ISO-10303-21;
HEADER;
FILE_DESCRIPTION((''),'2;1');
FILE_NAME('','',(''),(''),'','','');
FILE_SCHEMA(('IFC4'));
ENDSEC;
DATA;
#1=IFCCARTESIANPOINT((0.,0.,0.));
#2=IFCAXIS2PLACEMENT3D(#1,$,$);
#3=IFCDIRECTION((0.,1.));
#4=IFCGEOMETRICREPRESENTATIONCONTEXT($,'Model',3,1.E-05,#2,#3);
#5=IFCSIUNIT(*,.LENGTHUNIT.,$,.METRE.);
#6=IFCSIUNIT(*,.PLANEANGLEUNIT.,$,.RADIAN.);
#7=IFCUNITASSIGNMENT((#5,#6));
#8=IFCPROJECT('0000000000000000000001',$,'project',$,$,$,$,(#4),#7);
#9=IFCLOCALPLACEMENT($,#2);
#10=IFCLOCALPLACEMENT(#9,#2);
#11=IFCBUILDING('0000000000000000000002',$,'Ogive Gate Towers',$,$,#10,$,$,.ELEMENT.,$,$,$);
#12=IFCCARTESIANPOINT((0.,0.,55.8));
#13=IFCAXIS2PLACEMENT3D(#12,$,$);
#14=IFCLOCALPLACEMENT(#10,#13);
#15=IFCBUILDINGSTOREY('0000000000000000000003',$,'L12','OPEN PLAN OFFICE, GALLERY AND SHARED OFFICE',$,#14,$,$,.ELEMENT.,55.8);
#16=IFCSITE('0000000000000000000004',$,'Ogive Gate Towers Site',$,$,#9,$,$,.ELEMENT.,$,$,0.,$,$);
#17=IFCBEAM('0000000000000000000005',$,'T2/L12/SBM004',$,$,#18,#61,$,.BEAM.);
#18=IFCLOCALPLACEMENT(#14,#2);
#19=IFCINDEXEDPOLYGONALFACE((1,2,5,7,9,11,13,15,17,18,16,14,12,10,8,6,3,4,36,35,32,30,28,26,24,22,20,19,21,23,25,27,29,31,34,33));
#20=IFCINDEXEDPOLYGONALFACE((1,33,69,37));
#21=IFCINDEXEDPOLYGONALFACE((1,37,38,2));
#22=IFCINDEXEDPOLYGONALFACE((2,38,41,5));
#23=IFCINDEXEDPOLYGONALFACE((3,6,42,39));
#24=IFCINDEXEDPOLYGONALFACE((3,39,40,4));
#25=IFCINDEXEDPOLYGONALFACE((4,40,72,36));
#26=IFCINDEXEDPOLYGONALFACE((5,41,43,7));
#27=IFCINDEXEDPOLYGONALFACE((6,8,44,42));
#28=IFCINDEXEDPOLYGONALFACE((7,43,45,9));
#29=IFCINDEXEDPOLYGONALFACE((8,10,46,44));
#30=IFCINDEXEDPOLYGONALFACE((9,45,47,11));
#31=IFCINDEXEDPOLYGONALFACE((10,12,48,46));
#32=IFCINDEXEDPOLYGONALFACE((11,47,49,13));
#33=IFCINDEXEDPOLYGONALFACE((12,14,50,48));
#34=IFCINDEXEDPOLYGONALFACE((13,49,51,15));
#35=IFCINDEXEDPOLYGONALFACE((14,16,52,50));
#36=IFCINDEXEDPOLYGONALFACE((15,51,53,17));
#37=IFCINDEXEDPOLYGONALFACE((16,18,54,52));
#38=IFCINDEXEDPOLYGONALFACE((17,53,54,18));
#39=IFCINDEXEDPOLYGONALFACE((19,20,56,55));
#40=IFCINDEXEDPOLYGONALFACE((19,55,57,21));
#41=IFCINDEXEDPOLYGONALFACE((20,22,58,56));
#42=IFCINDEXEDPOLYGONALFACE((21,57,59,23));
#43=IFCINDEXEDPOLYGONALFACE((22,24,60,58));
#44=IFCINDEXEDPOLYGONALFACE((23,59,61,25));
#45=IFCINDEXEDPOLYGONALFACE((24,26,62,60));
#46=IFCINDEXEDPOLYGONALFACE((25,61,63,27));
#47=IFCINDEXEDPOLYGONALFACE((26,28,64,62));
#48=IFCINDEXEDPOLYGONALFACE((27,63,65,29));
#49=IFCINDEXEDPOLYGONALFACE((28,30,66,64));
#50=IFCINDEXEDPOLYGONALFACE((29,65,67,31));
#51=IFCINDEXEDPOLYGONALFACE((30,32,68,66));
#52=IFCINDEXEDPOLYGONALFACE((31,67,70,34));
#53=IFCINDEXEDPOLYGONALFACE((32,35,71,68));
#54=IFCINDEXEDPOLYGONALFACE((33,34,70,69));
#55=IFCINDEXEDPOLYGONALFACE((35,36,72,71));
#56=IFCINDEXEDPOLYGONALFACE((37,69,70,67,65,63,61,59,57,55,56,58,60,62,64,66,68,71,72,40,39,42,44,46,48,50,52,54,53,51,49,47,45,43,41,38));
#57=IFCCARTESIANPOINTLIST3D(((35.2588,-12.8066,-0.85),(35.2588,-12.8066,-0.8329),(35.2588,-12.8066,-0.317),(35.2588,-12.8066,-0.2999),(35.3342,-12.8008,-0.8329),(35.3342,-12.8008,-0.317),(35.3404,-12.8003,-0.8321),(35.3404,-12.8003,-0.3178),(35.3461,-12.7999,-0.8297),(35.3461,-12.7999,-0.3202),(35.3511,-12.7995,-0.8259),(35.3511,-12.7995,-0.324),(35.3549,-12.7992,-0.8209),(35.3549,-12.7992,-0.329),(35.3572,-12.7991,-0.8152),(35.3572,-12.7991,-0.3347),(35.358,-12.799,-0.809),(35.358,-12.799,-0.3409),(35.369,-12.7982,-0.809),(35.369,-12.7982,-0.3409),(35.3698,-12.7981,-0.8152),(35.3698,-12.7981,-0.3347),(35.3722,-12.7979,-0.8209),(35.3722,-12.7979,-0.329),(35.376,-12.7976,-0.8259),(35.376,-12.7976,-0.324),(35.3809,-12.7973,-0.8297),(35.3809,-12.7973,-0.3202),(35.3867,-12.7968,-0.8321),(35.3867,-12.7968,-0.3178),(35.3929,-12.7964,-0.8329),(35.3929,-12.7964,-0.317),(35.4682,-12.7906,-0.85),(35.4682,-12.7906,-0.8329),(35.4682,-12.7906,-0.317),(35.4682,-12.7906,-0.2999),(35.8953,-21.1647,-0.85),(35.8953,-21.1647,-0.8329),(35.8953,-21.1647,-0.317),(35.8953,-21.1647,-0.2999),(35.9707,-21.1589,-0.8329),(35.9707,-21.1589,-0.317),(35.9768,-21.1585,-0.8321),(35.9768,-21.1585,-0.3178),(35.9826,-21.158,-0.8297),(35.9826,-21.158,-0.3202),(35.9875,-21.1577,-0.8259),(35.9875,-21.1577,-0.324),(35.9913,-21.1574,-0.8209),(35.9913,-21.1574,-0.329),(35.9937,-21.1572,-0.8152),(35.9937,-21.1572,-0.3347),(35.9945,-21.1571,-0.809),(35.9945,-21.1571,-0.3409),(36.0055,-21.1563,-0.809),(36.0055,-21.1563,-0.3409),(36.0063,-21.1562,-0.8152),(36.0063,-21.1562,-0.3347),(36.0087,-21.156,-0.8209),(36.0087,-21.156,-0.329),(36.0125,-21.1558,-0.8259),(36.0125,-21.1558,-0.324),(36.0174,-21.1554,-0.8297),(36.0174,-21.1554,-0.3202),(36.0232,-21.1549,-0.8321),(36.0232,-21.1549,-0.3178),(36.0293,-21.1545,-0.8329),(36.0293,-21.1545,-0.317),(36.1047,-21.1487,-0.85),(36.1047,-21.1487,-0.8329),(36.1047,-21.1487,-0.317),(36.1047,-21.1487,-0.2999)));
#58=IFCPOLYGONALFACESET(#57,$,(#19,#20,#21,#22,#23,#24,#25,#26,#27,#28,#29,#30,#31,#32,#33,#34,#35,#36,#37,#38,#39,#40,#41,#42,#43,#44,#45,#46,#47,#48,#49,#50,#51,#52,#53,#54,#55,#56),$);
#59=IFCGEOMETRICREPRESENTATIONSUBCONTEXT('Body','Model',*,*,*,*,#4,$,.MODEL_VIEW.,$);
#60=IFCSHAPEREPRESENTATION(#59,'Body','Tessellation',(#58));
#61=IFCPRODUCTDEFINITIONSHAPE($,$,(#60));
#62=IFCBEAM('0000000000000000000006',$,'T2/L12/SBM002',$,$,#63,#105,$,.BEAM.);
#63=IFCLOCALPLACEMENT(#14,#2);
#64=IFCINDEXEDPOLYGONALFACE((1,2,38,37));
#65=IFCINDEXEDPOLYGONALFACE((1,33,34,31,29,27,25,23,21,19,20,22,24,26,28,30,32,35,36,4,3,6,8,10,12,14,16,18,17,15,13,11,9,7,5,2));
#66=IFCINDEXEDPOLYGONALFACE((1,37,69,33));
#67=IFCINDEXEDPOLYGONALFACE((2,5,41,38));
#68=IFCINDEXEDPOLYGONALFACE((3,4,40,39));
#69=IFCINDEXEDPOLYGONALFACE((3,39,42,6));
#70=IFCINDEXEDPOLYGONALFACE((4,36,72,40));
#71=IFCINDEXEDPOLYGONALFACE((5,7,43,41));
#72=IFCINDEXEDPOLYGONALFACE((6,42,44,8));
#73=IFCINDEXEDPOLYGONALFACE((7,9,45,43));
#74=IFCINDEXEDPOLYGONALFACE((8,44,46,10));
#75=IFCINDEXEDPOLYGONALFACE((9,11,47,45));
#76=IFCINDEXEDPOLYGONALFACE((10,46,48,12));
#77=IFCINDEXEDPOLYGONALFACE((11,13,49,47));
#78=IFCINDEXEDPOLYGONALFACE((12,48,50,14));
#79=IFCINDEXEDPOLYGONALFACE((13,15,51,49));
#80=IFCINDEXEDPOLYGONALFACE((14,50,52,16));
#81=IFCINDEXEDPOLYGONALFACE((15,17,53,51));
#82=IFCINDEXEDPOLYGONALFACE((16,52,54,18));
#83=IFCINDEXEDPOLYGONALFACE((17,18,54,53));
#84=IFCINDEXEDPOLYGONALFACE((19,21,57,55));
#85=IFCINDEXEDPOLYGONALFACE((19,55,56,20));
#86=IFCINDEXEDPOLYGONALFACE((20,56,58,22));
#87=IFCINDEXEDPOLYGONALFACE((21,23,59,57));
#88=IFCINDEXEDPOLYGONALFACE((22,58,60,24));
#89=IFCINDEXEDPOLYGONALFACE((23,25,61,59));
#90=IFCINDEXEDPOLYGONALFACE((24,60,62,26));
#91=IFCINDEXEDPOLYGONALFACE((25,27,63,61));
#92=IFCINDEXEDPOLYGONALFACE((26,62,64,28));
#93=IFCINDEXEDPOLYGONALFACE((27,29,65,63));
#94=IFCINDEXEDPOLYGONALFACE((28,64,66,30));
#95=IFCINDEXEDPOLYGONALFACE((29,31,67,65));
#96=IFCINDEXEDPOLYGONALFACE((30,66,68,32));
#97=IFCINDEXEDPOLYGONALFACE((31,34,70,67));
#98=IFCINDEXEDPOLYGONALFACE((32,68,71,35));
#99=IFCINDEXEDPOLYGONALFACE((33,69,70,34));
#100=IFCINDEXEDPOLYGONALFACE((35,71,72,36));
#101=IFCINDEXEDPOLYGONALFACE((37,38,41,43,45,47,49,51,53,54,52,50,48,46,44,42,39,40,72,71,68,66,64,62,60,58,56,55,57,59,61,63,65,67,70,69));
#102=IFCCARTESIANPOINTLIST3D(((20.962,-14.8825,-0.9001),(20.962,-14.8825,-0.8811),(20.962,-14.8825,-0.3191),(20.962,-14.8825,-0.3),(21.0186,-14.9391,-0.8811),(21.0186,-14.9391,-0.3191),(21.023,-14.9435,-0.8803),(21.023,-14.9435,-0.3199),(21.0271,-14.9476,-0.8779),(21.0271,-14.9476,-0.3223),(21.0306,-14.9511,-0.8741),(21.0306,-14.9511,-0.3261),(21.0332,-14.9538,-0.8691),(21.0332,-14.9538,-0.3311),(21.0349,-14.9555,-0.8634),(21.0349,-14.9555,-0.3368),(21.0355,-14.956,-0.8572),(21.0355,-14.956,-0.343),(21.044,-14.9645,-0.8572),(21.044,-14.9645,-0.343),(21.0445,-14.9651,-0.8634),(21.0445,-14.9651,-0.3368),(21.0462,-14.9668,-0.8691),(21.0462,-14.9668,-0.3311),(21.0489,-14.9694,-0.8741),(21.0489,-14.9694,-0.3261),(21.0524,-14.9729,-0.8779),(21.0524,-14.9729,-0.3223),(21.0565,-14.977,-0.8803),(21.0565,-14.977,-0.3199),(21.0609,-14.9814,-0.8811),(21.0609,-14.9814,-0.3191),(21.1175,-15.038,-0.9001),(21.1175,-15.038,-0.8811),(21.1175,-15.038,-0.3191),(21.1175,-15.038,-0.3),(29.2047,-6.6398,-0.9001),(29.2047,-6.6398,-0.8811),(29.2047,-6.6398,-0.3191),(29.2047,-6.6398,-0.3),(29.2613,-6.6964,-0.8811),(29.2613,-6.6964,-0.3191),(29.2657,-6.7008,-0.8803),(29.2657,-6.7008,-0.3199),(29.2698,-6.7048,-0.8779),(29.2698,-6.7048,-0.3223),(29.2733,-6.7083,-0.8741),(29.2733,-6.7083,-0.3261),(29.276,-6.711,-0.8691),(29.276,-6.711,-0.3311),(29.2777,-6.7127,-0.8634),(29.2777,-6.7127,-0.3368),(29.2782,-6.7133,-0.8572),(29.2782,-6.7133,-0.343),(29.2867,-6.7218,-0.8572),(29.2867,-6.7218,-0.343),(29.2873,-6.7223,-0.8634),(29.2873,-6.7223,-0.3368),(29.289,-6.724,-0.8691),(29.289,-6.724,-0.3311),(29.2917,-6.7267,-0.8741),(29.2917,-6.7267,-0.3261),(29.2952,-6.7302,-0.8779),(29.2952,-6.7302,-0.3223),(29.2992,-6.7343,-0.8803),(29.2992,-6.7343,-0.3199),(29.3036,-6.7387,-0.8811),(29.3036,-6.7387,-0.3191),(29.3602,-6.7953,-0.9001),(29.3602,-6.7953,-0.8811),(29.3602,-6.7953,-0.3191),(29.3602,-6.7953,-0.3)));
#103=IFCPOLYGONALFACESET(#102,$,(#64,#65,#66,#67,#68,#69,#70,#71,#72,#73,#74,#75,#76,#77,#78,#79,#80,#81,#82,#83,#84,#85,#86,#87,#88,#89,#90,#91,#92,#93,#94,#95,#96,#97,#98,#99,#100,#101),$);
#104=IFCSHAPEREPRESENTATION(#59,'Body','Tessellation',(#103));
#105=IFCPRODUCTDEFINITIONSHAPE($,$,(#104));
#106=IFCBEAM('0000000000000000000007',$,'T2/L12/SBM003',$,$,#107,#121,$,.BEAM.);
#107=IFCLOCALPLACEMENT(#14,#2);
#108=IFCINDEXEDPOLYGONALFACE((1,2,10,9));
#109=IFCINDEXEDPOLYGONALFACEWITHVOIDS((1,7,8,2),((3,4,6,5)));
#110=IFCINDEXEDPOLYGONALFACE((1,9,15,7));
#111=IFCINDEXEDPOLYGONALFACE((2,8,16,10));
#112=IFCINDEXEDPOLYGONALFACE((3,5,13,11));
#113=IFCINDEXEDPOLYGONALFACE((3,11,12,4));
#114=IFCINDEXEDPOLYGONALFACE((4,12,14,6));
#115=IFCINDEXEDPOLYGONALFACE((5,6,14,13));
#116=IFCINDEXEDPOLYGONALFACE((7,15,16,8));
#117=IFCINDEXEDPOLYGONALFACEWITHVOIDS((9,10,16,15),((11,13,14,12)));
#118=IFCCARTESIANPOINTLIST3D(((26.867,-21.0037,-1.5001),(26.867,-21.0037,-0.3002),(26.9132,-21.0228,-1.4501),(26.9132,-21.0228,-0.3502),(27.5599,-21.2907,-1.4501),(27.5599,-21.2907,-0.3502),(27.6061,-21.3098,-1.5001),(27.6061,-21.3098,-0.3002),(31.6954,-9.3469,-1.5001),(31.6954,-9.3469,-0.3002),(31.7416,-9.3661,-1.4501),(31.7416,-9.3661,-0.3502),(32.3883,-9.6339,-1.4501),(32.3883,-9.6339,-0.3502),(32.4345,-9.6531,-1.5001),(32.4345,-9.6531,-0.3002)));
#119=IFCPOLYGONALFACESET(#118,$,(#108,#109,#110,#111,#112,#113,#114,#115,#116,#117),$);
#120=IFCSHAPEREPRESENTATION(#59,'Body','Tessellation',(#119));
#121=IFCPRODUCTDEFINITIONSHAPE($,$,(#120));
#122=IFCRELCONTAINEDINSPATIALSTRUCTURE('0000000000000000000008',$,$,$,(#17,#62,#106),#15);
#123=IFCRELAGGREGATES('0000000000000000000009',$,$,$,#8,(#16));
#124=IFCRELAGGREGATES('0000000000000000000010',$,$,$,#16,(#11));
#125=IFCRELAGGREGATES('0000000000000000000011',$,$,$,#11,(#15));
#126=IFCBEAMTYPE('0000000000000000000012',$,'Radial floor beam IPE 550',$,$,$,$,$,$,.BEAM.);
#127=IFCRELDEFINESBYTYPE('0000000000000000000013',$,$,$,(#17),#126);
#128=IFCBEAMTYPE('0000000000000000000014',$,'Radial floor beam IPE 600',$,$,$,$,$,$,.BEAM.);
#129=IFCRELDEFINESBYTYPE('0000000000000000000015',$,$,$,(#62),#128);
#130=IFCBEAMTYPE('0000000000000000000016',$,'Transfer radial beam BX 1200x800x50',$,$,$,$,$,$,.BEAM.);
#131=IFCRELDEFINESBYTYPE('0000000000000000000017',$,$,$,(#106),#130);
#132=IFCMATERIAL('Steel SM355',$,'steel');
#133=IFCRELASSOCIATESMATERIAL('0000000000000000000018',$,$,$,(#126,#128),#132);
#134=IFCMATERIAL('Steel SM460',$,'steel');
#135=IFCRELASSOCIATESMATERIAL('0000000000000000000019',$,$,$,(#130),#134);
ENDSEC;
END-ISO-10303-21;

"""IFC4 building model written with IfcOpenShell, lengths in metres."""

from ifc_helpers import new_model, si_unit, direction, frame, origin, origin_2d, place, context, subcontext, project, spatial, hollow_rectangle, i_section, extrude, material, material_profile, profile_set, type_object, element, save


model = new_model("IFC4")

# Units and contexts
model_context = context("Model", 3, precision=1e-05, world=origin(), true_north=direction((0.0, 1.0)))
body_context = subcontext(model_context, "Body", "Model", "MODEL_VIEW")
ifc_project = project(units=[si_unit("LENGTHUNIT", "METRE"), si_unit("PLANEANGLEUNIT", "RADIAN")], contexts=[model_context])

# Site, building, storey
site_placement = place(None, origin())
site = spatial("IfcSite", under=ifc_project, at=site_placement, Name="Ogive Gate Towers Site", CompositionType="ELEMENT", RefElevation=0.0)
building_placement = place(site_placement, origin())
building = spatial("IfcBuilding", under=site, at=building_placement, Name="Ogive Gate Towers", CompositionType="ELEMENT")
storey_placement = place(building_placement, frame((0.0, 0.0, 55.8)))
storey = spatial("IfcBuildingStorey", under=building, at=storey_placement, Name="L12", Description="OPEN PLAN OFFICE, GALLERY AND SHARED OFFICE", CompositionType="ELEMENT", Elevation=55.8)

# Beams
ifc_material_1 = material(Name="Steel SM355", Category="steel")
ifc_material_profile_1 = material_profile(ifc_material_1, i_section(OverallWidth=0.21, OverallDepth=0.55, WebThickness=0.011, FlangeThickness=0.0171, FilletRadius=0.0239, at=origin_2d()), Name="IPE 550")
ifc_profile_set_1 = profile_set([ifc_material_profile_1], Name="Steel SM355")
beam_type_1 = type_object("IfcBeamType", Name="Radial floor beam IPE 550", PredefinedType="BEAM", material=ifc_profile_set_1)
beam_1_placement = place(storey_placement, frame((35.3635, -12.7986, -0.575), z_axis=(0.07593, -0.997113, 0.0), x_axis=(0.997113, 0.07593, 0.0)))
element("IfcBeam", 1, at=beam_1_placement, inside=storey, type_object=beam_type_1, Name="T2/L12/SBM004", PredefinedType="BEAM", context=body_context, shape_type="SweptSolid", body=[
    extrude(i_section(OverallWidth=0.21, OverallDepth=0.55, WebThickness=0.011, FlangeThickness=0.0171, FilletRadius=0.0239, at=origin_2d()), origin(), (0.0, 0.0, 1.0), 8.3823),
])
ifc_material_profile_2 = material_profile(ifc_material_1, i_section(OverallWidth=0.22, OverallDepth=0.6001, WebThickness=0.012, FlangeThickness=0.019, FilletRadius=0.0239, at=origin_2d()), Name="IPE 600")
ifc_profile_set_2 = profile_set([ifc_material_profile_2], Name="Steel SM355")
beam_type_2 = type_object("IfcBeamType", Name="Radial floor beam IPE 600", PredefinedType="BEAM", material=ifc_profile_set_2)
beam_2_placement = place(storey_placement, frame((29.2825, -6.7175, -0.6001), z_axis=(-0.707107, -0.707107, 0.0), x_axis=(0.707107, -0.707107, 0.0)))
element("IfcBeam", 2, at=beam_2_placement, inside=storey, type_object=beam_type_2, Name="T2/L12/SBM002", PredefinedType="BEAM", context=body_context, shape_type="SweptSolid", body=[
    extrude(i_section(OverallWidth=0.22, OverallDepth=0.6001, WebThickness=0.012, FlangeThickness=0.019, FilletRadius=0.0239, at=origin_2d()), origin(), (0.0, 0.0, 1.0), 11.657),
])
ifc_material_2 = material(Name="Steel SM460", Category="steel")
ifc_material_profile_3 = material_profile(ifc_material_2, hollow_rectangle(XDim=0.8, YDim=1.2, WallThickness=0.05, at=origin_2d()), Name="BX 1200x800x50")
ifc_profile_set_3 = profile_set([ifc_material_profile_3], Name="Steel SM460")
beam_type_3 = type_object("IfcBeamType", Name="Transfer radial beam BX 1200x800x50", PredefinedType="BEAM", material=ifc_profile_set_3)
beam_3_placement = place(storey_placement, frame((32.0649, -9.5, -0.9001), z_axis=(-0.382683, -0.92388, 0.0), x_axis=(0.92388, -0.382683, 0.0)))
element("IfcBeam", 3, at=beam_3_placement, inside=storey, type_object=beam_type_3, Name="T2/L12/SBM003", PredefinedType="BEAM", context=body_context, shape_type="SweptSolid", body=[
    extrude(hollow_rectangle(XDim=0.8, YDim=1.2, WallThickness=0.05, at=origin_2d()), origin(), (0.0, 0.0, 1.0), 12.6172),
])

save(model, "model.ifc")
